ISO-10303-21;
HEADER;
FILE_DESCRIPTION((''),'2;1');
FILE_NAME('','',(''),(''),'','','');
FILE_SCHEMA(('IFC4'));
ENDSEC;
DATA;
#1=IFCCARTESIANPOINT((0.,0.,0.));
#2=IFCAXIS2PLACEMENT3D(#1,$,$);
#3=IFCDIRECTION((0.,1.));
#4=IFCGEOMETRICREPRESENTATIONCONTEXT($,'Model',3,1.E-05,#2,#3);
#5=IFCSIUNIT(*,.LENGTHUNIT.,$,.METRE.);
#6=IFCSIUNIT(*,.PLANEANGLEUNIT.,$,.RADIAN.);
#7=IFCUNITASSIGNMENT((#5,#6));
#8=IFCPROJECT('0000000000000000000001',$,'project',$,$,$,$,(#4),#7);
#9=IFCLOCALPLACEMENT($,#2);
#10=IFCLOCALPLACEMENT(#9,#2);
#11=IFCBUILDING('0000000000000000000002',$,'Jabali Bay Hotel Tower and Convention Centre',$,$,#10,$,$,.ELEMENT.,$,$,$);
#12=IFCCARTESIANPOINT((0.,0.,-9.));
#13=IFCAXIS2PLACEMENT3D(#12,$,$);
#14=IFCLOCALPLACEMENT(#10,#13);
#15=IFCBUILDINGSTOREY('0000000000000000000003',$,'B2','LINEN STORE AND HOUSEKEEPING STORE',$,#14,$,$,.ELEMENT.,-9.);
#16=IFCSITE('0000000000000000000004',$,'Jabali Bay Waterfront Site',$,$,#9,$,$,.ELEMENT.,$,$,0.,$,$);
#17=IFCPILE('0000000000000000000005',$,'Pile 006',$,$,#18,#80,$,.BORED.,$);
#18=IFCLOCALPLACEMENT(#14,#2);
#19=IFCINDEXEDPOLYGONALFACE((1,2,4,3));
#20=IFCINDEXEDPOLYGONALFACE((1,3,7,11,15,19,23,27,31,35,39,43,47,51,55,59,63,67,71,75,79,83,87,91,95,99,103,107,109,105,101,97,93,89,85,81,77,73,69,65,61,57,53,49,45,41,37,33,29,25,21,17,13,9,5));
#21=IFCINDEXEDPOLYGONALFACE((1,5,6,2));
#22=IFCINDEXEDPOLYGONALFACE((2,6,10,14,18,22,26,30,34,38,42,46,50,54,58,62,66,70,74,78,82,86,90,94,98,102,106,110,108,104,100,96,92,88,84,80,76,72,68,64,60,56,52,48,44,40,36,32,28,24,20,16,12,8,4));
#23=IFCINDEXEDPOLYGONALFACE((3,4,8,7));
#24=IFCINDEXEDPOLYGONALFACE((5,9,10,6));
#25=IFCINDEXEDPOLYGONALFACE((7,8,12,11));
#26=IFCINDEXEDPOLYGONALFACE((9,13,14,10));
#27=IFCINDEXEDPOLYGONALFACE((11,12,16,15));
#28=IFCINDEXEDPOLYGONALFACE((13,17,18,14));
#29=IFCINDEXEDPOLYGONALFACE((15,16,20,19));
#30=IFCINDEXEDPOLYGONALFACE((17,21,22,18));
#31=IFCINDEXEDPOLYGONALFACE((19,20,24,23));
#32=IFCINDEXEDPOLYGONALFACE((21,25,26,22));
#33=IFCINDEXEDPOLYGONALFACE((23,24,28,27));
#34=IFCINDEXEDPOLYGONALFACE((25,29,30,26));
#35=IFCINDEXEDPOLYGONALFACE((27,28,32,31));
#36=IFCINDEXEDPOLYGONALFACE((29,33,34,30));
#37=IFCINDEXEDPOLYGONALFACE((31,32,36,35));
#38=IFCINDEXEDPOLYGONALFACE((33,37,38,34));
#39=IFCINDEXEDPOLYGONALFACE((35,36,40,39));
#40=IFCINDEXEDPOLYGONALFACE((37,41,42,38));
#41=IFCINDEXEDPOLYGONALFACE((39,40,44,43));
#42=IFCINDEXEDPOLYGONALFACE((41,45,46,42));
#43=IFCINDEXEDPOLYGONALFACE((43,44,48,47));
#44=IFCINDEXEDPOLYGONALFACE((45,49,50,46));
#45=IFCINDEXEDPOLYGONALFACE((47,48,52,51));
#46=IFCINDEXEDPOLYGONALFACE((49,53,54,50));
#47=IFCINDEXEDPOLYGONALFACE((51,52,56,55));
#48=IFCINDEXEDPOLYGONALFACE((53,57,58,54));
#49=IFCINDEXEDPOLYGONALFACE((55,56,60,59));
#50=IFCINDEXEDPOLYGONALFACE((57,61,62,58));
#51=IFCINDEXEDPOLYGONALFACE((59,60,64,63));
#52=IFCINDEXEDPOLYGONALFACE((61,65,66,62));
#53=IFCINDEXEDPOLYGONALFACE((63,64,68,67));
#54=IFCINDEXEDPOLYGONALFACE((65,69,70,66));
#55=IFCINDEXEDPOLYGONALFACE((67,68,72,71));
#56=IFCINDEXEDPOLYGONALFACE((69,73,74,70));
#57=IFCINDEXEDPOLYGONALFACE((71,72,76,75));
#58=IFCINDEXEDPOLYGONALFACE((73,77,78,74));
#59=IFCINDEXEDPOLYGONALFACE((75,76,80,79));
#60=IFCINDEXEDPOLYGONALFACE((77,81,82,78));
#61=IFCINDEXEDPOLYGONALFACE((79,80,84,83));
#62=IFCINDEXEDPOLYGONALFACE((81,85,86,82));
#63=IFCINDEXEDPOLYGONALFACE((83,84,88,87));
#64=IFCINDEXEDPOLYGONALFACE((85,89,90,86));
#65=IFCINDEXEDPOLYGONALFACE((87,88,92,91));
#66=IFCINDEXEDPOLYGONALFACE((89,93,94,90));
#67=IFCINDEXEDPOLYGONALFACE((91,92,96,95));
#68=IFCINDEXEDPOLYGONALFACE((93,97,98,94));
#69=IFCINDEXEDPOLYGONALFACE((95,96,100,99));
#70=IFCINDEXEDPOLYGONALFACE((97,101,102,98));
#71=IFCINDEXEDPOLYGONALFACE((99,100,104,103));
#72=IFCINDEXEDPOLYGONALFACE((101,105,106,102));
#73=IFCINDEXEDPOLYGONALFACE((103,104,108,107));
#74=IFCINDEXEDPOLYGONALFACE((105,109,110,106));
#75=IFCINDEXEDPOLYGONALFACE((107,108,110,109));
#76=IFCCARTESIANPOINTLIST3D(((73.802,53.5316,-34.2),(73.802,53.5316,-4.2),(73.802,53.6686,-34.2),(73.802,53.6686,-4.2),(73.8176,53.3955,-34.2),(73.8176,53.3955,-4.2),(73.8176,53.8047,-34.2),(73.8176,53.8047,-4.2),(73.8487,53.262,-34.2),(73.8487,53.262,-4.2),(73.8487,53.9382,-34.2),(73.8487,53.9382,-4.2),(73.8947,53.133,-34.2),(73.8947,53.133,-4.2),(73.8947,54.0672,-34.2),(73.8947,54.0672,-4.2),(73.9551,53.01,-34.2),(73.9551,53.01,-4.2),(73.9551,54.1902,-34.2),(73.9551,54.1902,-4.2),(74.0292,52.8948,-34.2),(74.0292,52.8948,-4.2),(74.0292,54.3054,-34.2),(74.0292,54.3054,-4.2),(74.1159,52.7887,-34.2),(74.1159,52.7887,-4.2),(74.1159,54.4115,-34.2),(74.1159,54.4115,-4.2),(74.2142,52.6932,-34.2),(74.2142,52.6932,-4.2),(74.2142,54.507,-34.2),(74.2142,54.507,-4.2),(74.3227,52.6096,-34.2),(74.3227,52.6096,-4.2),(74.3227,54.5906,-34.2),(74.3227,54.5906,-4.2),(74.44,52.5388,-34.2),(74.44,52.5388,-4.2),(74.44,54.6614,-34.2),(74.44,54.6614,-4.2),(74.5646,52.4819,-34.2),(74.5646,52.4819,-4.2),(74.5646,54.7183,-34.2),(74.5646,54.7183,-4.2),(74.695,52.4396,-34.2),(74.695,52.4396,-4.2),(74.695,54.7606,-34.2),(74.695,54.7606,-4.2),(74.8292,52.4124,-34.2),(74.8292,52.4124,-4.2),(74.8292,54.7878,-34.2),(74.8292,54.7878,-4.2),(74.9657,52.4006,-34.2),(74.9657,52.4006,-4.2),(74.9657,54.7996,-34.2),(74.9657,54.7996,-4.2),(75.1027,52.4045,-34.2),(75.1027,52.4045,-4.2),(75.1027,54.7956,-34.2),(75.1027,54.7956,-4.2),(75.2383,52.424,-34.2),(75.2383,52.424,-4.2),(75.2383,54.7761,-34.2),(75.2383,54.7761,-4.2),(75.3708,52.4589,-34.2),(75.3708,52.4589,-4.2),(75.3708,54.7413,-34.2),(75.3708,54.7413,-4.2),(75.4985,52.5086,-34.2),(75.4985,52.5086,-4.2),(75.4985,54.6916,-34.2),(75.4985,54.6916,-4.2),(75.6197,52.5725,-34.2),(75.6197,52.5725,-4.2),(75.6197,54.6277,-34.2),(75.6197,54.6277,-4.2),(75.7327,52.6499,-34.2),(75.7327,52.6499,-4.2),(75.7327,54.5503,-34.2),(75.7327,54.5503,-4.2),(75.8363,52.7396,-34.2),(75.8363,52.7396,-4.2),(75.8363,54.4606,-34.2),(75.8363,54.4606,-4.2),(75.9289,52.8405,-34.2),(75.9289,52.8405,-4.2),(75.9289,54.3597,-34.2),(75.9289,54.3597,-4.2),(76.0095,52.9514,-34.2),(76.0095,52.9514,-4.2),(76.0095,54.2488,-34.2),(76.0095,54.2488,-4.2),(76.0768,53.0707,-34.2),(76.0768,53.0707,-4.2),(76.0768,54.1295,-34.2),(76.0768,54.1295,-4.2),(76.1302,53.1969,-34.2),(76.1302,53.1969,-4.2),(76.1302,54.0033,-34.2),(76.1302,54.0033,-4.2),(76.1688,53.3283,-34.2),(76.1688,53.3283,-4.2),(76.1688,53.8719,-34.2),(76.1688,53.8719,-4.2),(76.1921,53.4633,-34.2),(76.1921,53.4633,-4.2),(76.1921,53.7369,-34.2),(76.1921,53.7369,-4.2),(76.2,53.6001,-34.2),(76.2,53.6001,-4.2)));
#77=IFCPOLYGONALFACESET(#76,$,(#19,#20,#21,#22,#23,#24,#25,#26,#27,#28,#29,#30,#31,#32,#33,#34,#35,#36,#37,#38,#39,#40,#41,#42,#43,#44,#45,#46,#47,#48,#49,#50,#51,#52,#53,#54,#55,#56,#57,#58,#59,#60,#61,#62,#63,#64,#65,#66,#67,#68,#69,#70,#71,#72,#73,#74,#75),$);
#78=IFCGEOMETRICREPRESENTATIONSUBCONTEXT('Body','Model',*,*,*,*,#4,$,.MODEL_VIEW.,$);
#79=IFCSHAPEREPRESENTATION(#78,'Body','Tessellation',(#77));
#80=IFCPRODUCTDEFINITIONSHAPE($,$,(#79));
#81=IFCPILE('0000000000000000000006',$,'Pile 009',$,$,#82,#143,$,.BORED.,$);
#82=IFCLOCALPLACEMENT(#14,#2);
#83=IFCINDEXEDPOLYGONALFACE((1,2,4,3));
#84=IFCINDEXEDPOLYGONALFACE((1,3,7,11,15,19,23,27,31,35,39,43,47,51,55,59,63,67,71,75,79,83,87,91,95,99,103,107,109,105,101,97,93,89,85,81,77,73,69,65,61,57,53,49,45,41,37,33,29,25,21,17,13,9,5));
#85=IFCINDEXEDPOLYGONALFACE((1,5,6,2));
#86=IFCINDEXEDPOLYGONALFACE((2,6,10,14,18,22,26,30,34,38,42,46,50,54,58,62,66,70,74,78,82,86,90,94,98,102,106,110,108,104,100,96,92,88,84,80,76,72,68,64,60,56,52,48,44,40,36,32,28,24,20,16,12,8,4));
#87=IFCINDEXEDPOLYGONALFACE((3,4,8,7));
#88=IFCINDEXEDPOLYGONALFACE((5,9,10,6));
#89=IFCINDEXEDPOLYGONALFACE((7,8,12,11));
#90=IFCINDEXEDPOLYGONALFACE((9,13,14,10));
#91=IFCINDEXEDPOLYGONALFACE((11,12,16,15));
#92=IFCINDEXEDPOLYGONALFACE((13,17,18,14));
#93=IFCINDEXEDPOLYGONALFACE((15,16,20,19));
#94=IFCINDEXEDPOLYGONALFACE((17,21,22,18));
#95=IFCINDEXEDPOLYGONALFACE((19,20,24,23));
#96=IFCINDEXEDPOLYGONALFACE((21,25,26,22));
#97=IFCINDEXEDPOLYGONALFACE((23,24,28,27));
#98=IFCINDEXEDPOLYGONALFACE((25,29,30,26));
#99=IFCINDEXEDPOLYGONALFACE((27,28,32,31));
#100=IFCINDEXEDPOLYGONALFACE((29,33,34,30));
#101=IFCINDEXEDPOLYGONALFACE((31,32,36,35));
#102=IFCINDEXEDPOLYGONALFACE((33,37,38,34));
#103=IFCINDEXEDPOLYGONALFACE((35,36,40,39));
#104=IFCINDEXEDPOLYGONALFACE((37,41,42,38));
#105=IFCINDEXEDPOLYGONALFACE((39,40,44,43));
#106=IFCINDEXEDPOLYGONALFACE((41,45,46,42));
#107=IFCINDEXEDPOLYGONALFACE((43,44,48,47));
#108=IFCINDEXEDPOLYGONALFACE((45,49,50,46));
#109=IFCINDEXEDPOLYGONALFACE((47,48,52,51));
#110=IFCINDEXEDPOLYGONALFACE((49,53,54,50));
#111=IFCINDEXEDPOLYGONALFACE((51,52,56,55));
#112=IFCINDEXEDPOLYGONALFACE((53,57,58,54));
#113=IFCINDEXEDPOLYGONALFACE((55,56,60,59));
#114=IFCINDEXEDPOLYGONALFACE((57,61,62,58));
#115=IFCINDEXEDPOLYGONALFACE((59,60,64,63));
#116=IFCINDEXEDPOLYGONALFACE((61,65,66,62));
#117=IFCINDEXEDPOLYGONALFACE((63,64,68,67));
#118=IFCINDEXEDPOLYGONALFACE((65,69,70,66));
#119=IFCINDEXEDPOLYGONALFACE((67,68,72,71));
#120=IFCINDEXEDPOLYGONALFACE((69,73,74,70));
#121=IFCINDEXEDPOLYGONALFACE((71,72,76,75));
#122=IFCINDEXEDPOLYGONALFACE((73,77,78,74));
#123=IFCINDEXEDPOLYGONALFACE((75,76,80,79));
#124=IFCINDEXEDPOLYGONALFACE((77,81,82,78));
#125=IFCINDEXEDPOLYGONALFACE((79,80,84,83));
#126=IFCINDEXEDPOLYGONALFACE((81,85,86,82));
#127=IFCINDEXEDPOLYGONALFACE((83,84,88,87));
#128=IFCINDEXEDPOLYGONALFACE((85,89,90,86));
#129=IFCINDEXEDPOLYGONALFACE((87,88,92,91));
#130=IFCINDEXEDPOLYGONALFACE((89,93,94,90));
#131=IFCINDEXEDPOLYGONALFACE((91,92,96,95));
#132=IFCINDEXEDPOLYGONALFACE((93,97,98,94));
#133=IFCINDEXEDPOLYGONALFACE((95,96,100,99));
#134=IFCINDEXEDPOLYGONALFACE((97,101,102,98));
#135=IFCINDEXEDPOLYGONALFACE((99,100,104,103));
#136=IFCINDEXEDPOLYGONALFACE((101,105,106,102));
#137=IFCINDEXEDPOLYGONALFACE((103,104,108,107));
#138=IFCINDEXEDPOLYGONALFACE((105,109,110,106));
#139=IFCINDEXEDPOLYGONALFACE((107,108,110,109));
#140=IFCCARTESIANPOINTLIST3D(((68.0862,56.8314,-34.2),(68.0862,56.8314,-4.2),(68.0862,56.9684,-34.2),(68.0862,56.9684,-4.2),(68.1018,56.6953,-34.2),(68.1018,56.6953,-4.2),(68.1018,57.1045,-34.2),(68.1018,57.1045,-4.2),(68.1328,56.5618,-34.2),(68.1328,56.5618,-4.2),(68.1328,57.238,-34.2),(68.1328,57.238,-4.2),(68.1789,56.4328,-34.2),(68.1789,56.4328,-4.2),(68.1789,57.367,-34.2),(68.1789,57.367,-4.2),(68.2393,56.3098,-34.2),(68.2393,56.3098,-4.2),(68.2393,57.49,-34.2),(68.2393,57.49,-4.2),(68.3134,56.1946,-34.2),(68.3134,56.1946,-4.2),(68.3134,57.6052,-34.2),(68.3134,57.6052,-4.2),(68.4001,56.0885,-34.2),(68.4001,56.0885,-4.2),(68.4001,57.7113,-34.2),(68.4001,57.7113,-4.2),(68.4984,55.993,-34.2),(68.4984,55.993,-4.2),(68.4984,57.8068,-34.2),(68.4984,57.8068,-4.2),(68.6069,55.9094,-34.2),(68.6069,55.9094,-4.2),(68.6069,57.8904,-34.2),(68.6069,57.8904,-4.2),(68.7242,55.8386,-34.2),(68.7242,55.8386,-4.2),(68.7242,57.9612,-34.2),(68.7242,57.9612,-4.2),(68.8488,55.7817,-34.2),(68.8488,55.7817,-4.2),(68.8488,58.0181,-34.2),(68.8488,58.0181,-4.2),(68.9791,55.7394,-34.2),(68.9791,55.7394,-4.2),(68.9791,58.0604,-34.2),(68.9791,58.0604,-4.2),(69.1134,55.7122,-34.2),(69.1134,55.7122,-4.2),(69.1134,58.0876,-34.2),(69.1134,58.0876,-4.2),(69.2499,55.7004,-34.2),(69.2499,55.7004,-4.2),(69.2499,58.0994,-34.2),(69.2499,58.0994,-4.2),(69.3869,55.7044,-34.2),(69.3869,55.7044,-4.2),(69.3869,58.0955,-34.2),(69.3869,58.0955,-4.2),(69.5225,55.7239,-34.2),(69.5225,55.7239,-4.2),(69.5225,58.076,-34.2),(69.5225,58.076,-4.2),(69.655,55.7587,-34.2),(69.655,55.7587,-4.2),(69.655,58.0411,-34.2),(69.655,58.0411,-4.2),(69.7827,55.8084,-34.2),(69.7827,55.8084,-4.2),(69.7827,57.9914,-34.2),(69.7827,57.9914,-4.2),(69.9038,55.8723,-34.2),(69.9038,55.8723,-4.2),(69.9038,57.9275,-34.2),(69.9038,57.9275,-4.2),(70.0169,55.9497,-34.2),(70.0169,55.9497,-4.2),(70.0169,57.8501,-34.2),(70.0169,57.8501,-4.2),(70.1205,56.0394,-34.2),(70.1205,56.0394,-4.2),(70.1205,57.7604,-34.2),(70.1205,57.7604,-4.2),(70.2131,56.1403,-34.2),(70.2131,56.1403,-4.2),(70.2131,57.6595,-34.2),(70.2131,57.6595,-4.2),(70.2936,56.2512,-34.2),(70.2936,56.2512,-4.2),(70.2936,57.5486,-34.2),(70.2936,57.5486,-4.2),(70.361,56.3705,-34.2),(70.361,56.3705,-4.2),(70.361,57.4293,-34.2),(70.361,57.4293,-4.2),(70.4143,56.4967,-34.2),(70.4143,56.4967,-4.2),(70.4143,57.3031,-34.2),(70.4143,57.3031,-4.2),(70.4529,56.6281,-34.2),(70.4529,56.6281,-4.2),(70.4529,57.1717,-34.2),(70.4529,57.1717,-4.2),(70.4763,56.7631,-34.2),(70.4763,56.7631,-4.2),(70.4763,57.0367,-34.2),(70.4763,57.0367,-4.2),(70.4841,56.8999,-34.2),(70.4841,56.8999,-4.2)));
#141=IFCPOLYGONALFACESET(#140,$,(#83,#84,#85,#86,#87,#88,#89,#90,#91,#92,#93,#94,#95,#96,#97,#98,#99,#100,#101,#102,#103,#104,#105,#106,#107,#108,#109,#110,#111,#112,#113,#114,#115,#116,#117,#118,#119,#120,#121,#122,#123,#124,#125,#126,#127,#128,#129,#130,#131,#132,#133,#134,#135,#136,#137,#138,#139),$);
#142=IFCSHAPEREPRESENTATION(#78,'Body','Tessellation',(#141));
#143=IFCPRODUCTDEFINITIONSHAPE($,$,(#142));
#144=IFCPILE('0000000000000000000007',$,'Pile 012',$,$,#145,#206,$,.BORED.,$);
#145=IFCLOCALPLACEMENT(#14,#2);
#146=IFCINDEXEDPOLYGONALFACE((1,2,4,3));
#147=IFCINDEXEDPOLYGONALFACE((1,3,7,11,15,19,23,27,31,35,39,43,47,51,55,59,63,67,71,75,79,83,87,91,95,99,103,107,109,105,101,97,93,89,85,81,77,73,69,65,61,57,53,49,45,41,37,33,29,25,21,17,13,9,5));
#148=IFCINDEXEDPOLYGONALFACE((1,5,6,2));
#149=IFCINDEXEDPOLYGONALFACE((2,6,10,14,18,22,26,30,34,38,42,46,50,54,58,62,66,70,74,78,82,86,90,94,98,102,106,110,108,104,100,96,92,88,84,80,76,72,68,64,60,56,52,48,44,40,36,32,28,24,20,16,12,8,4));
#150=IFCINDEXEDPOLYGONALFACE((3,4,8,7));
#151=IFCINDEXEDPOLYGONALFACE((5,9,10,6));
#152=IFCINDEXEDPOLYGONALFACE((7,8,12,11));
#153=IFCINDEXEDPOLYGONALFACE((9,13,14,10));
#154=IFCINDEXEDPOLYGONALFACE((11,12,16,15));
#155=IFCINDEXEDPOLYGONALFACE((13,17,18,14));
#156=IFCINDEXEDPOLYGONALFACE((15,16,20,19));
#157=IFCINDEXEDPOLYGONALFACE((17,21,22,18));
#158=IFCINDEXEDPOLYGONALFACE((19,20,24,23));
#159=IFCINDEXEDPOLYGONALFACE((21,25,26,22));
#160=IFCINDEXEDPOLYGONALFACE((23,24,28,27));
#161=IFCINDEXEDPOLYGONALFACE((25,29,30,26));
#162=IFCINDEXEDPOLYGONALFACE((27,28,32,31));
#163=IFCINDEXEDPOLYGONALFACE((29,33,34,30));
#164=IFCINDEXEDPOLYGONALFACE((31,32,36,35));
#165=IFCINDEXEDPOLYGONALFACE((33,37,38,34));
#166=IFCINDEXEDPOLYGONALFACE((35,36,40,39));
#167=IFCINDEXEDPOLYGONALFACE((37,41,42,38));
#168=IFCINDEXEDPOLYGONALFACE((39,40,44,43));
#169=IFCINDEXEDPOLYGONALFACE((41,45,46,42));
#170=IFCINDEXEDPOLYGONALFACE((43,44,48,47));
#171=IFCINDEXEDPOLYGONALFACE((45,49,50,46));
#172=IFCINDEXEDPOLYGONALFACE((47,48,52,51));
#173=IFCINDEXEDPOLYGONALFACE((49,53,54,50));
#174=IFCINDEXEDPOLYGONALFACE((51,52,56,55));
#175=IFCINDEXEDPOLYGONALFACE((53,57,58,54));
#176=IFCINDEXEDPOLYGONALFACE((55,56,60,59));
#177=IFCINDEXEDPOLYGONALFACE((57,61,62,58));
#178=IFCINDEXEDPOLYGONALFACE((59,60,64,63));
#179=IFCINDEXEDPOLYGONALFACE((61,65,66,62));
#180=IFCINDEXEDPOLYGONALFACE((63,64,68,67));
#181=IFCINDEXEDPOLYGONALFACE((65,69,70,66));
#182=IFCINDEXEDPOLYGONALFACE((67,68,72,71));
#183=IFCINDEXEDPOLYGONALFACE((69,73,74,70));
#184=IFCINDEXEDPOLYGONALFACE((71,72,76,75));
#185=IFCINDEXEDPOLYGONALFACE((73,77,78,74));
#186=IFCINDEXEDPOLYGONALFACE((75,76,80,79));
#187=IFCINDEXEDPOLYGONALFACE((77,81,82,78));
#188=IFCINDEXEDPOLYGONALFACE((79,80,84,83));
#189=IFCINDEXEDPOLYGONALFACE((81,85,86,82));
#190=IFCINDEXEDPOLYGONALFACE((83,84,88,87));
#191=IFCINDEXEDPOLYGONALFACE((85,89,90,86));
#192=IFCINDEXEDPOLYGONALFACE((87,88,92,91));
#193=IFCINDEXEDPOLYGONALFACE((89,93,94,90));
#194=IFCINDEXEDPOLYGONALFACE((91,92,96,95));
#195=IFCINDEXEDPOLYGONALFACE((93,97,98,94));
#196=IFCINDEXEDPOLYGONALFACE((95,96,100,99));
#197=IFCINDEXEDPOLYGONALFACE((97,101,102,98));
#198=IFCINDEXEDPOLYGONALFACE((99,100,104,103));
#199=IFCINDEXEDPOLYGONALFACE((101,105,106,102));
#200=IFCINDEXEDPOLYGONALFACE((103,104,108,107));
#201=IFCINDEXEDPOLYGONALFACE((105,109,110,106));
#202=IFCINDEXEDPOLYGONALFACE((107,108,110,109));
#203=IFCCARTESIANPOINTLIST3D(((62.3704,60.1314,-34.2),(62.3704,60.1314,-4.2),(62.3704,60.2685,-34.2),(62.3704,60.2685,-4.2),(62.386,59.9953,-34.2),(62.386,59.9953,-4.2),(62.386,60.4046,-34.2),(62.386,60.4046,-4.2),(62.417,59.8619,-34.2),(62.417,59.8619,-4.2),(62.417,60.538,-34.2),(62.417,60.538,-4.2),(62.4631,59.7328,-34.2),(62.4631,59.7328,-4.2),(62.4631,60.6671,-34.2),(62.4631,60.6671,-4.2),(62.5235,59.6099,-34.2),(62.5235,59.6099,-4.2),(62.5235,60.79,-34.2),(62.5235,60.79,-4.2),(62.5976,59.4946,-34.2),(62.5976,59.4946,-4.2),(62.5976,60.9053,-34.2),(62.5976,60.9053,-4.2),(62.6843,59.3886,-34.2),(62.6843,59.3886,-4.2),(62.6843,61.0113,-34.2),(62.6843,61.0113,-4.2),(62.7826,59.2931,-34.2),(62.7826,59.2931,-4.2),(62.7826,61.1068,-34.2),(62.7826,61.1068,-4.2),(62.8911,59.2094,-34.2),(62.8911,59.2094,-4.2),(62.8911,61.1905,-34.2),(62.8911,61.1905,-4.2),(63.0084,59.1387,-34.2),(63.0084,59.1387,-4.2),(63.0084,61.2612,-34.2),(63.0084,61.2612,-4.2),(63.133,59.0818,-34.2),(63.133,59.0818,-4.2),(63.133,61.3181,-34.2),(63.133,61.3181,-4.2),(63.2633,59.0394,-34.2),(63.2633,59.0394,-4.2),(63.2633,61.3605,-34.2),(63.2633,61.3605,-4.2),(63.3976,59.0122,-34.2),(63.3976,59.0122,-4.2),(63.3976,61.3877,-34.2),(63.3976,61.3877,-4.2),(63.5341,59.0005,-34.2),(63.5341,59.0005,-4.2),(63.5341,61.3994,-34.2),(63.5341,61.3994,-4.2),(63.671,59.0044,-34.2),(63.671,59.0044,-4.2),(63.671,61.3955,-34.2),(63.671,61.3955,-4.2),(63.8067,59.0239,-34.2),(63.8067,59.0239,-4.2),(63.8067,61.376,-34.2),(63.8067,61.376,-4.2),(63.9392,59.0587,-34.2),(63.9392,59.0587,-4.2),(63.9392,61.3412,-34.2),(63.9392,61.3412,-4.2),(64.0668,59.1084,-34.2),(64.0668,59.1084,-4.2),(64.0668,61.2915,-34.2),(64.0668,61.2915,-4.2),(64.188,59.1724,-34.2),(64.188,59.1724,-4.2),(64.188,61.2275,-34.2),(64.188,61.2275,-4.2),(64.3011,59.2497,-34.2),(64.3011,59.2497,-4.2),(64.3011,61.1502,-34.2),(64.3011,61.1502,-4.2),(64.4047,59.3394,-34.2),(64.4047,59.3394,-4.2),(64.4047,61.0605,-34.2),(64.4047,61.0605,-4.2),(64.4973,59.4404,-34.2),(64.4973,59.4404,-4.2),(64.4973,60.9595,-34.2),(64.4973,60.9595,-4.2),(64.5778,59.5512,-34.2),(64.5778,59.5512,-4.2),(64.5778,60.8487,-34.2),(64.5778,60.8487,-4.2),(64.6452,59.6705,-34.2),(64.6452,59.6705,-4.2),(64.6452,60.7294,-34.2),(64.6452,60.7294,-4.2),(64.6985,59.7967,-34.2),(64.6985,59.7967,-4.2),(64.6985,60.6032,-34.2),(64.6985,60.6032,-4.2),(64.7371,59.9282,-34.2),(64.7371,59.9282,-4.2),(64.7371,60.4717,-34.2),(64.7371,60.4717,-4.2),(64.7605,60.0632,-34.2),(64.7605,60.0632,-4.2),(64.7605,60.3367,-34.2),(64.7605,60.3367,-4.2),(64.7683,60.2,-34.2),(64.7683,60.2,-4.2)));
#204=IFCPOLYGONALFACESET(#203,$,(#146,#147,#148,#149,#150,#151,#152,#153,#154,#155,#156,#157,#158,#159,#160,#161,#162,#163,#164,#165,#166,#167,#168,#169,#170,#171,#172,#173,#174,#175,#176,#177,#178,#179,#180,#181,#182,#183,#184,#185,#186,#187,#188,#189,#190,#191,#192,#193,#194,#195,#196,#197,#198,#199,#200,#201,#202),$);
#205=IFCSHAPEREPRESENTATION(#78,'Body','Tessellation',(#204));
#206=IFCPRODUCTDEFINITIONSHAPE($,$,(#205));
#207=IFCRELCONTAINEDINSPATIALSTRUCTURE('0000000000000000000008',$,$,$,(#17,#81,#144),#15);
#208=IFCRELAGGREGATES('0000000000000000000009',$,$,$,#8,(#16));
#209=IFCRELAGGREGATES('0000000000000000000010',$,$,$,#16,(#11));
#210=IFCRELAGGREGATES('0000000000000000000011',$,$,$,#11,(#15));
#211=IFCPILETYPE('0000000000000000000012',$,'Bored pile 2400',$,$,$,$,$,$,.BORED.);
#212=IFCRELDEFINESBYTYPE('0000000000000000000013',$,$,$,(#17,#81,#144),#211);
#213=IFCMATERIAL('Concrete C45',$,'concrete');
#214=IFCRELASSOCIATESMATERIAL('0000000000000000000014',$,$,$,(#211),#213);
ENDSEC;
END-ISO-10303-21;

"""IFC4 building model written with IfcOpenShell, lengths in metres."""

from ifc_helpers import new_model, si_unit, direction, frame, origin, origin_2d, place, context, subcontext, project, spatial, circle, extrude, material, material_profile, profile_set, type_object, element, save


model = new_model("IFC4")

# Units and contexts
model_context = context("Model", 3, precision=1e-05, world=origin(), true_north=direction((0.0, 1.0)))
body_context = subcontext(model_context, "Body", "Model", "MODEL_VIEW")
ifc_project = project(units=[si_unit("LENGTHUNIT", "METRE"), si_unit("PLANEANGLEUNIT", "RADIAN")], contexts=[model_context])

# Site, building, storey
site_placement = place(None, origin())
site = spatial("IfcSite", under=ifc_project, at=site_placement, Name="Jabali Bay Waterfront Site", CompositionType="ELEMENT", RefElevation=0.0)
building_placement = place(site_placement, origin())
building = spatial("IfcBuilding", under=site, at=building_placement, Name="Jabali Bay Hotel Tower and Convention Centre", CompositionType="ELEMENT")
storey_placement = place(building_placement, frame((0.0, 0.0, -9.0)))
storey = spatial("IfcBuildingStorey", under=building, at=storey_placement, Name="B2", Description="LINEN STORE AND HOUSEKEEPING STORE", CompositionType="ELEMENT", Elevation=-9.0)

# Piles
ifc_material_1 = material(Name="Concrete C45", Category="concrete")
ifc_material_profile_1 = material_profile(ifc_material_1, circle(Radius=1.2, at=origin_2d()), Name="Bored pile 2400")
ifc_profile_set_1 = profile_set([ifc_material_profile_1], Name="Concrete C45")
pile_type = type_object("IfcPileType", Name="Bored pile 2400", PredefinedType="BORED", material=ifc_profile_set_1)
for number, where, z_axis, x_axis, name in (
    (1, (75.0, 53.6001, -4.2), (0.0, 0.0, -1.0), (1.0, 0.0, 0.0), "Pile 006"),
    (2, (69.2842, 56.8999, -4.2), (0.0, 0.0, -1.0), (1.0, 0.0, 0.0), "Pile 009"),
    (3, (63.5684, 60.2, -4.2), (0.0, 0.0, -1.0), (1.0, 0.0, 0.0), "Pile 012"),
):
    element("IfcPile", number, at=place(storey_placement, frame(where, z_axis=z_axis, x_axis=x_axis)), inside=storey, type_object=pile_type, Name=name, PredefinedType="BORED", context=body_context, shape_type="SweptSolid", body=[
        extrude(circle(Radius=1.2, at=origin_2d()), origin(), (0.0, 0.0, 1.0), 30.0),
    ])

save(model, "model.ifc")
